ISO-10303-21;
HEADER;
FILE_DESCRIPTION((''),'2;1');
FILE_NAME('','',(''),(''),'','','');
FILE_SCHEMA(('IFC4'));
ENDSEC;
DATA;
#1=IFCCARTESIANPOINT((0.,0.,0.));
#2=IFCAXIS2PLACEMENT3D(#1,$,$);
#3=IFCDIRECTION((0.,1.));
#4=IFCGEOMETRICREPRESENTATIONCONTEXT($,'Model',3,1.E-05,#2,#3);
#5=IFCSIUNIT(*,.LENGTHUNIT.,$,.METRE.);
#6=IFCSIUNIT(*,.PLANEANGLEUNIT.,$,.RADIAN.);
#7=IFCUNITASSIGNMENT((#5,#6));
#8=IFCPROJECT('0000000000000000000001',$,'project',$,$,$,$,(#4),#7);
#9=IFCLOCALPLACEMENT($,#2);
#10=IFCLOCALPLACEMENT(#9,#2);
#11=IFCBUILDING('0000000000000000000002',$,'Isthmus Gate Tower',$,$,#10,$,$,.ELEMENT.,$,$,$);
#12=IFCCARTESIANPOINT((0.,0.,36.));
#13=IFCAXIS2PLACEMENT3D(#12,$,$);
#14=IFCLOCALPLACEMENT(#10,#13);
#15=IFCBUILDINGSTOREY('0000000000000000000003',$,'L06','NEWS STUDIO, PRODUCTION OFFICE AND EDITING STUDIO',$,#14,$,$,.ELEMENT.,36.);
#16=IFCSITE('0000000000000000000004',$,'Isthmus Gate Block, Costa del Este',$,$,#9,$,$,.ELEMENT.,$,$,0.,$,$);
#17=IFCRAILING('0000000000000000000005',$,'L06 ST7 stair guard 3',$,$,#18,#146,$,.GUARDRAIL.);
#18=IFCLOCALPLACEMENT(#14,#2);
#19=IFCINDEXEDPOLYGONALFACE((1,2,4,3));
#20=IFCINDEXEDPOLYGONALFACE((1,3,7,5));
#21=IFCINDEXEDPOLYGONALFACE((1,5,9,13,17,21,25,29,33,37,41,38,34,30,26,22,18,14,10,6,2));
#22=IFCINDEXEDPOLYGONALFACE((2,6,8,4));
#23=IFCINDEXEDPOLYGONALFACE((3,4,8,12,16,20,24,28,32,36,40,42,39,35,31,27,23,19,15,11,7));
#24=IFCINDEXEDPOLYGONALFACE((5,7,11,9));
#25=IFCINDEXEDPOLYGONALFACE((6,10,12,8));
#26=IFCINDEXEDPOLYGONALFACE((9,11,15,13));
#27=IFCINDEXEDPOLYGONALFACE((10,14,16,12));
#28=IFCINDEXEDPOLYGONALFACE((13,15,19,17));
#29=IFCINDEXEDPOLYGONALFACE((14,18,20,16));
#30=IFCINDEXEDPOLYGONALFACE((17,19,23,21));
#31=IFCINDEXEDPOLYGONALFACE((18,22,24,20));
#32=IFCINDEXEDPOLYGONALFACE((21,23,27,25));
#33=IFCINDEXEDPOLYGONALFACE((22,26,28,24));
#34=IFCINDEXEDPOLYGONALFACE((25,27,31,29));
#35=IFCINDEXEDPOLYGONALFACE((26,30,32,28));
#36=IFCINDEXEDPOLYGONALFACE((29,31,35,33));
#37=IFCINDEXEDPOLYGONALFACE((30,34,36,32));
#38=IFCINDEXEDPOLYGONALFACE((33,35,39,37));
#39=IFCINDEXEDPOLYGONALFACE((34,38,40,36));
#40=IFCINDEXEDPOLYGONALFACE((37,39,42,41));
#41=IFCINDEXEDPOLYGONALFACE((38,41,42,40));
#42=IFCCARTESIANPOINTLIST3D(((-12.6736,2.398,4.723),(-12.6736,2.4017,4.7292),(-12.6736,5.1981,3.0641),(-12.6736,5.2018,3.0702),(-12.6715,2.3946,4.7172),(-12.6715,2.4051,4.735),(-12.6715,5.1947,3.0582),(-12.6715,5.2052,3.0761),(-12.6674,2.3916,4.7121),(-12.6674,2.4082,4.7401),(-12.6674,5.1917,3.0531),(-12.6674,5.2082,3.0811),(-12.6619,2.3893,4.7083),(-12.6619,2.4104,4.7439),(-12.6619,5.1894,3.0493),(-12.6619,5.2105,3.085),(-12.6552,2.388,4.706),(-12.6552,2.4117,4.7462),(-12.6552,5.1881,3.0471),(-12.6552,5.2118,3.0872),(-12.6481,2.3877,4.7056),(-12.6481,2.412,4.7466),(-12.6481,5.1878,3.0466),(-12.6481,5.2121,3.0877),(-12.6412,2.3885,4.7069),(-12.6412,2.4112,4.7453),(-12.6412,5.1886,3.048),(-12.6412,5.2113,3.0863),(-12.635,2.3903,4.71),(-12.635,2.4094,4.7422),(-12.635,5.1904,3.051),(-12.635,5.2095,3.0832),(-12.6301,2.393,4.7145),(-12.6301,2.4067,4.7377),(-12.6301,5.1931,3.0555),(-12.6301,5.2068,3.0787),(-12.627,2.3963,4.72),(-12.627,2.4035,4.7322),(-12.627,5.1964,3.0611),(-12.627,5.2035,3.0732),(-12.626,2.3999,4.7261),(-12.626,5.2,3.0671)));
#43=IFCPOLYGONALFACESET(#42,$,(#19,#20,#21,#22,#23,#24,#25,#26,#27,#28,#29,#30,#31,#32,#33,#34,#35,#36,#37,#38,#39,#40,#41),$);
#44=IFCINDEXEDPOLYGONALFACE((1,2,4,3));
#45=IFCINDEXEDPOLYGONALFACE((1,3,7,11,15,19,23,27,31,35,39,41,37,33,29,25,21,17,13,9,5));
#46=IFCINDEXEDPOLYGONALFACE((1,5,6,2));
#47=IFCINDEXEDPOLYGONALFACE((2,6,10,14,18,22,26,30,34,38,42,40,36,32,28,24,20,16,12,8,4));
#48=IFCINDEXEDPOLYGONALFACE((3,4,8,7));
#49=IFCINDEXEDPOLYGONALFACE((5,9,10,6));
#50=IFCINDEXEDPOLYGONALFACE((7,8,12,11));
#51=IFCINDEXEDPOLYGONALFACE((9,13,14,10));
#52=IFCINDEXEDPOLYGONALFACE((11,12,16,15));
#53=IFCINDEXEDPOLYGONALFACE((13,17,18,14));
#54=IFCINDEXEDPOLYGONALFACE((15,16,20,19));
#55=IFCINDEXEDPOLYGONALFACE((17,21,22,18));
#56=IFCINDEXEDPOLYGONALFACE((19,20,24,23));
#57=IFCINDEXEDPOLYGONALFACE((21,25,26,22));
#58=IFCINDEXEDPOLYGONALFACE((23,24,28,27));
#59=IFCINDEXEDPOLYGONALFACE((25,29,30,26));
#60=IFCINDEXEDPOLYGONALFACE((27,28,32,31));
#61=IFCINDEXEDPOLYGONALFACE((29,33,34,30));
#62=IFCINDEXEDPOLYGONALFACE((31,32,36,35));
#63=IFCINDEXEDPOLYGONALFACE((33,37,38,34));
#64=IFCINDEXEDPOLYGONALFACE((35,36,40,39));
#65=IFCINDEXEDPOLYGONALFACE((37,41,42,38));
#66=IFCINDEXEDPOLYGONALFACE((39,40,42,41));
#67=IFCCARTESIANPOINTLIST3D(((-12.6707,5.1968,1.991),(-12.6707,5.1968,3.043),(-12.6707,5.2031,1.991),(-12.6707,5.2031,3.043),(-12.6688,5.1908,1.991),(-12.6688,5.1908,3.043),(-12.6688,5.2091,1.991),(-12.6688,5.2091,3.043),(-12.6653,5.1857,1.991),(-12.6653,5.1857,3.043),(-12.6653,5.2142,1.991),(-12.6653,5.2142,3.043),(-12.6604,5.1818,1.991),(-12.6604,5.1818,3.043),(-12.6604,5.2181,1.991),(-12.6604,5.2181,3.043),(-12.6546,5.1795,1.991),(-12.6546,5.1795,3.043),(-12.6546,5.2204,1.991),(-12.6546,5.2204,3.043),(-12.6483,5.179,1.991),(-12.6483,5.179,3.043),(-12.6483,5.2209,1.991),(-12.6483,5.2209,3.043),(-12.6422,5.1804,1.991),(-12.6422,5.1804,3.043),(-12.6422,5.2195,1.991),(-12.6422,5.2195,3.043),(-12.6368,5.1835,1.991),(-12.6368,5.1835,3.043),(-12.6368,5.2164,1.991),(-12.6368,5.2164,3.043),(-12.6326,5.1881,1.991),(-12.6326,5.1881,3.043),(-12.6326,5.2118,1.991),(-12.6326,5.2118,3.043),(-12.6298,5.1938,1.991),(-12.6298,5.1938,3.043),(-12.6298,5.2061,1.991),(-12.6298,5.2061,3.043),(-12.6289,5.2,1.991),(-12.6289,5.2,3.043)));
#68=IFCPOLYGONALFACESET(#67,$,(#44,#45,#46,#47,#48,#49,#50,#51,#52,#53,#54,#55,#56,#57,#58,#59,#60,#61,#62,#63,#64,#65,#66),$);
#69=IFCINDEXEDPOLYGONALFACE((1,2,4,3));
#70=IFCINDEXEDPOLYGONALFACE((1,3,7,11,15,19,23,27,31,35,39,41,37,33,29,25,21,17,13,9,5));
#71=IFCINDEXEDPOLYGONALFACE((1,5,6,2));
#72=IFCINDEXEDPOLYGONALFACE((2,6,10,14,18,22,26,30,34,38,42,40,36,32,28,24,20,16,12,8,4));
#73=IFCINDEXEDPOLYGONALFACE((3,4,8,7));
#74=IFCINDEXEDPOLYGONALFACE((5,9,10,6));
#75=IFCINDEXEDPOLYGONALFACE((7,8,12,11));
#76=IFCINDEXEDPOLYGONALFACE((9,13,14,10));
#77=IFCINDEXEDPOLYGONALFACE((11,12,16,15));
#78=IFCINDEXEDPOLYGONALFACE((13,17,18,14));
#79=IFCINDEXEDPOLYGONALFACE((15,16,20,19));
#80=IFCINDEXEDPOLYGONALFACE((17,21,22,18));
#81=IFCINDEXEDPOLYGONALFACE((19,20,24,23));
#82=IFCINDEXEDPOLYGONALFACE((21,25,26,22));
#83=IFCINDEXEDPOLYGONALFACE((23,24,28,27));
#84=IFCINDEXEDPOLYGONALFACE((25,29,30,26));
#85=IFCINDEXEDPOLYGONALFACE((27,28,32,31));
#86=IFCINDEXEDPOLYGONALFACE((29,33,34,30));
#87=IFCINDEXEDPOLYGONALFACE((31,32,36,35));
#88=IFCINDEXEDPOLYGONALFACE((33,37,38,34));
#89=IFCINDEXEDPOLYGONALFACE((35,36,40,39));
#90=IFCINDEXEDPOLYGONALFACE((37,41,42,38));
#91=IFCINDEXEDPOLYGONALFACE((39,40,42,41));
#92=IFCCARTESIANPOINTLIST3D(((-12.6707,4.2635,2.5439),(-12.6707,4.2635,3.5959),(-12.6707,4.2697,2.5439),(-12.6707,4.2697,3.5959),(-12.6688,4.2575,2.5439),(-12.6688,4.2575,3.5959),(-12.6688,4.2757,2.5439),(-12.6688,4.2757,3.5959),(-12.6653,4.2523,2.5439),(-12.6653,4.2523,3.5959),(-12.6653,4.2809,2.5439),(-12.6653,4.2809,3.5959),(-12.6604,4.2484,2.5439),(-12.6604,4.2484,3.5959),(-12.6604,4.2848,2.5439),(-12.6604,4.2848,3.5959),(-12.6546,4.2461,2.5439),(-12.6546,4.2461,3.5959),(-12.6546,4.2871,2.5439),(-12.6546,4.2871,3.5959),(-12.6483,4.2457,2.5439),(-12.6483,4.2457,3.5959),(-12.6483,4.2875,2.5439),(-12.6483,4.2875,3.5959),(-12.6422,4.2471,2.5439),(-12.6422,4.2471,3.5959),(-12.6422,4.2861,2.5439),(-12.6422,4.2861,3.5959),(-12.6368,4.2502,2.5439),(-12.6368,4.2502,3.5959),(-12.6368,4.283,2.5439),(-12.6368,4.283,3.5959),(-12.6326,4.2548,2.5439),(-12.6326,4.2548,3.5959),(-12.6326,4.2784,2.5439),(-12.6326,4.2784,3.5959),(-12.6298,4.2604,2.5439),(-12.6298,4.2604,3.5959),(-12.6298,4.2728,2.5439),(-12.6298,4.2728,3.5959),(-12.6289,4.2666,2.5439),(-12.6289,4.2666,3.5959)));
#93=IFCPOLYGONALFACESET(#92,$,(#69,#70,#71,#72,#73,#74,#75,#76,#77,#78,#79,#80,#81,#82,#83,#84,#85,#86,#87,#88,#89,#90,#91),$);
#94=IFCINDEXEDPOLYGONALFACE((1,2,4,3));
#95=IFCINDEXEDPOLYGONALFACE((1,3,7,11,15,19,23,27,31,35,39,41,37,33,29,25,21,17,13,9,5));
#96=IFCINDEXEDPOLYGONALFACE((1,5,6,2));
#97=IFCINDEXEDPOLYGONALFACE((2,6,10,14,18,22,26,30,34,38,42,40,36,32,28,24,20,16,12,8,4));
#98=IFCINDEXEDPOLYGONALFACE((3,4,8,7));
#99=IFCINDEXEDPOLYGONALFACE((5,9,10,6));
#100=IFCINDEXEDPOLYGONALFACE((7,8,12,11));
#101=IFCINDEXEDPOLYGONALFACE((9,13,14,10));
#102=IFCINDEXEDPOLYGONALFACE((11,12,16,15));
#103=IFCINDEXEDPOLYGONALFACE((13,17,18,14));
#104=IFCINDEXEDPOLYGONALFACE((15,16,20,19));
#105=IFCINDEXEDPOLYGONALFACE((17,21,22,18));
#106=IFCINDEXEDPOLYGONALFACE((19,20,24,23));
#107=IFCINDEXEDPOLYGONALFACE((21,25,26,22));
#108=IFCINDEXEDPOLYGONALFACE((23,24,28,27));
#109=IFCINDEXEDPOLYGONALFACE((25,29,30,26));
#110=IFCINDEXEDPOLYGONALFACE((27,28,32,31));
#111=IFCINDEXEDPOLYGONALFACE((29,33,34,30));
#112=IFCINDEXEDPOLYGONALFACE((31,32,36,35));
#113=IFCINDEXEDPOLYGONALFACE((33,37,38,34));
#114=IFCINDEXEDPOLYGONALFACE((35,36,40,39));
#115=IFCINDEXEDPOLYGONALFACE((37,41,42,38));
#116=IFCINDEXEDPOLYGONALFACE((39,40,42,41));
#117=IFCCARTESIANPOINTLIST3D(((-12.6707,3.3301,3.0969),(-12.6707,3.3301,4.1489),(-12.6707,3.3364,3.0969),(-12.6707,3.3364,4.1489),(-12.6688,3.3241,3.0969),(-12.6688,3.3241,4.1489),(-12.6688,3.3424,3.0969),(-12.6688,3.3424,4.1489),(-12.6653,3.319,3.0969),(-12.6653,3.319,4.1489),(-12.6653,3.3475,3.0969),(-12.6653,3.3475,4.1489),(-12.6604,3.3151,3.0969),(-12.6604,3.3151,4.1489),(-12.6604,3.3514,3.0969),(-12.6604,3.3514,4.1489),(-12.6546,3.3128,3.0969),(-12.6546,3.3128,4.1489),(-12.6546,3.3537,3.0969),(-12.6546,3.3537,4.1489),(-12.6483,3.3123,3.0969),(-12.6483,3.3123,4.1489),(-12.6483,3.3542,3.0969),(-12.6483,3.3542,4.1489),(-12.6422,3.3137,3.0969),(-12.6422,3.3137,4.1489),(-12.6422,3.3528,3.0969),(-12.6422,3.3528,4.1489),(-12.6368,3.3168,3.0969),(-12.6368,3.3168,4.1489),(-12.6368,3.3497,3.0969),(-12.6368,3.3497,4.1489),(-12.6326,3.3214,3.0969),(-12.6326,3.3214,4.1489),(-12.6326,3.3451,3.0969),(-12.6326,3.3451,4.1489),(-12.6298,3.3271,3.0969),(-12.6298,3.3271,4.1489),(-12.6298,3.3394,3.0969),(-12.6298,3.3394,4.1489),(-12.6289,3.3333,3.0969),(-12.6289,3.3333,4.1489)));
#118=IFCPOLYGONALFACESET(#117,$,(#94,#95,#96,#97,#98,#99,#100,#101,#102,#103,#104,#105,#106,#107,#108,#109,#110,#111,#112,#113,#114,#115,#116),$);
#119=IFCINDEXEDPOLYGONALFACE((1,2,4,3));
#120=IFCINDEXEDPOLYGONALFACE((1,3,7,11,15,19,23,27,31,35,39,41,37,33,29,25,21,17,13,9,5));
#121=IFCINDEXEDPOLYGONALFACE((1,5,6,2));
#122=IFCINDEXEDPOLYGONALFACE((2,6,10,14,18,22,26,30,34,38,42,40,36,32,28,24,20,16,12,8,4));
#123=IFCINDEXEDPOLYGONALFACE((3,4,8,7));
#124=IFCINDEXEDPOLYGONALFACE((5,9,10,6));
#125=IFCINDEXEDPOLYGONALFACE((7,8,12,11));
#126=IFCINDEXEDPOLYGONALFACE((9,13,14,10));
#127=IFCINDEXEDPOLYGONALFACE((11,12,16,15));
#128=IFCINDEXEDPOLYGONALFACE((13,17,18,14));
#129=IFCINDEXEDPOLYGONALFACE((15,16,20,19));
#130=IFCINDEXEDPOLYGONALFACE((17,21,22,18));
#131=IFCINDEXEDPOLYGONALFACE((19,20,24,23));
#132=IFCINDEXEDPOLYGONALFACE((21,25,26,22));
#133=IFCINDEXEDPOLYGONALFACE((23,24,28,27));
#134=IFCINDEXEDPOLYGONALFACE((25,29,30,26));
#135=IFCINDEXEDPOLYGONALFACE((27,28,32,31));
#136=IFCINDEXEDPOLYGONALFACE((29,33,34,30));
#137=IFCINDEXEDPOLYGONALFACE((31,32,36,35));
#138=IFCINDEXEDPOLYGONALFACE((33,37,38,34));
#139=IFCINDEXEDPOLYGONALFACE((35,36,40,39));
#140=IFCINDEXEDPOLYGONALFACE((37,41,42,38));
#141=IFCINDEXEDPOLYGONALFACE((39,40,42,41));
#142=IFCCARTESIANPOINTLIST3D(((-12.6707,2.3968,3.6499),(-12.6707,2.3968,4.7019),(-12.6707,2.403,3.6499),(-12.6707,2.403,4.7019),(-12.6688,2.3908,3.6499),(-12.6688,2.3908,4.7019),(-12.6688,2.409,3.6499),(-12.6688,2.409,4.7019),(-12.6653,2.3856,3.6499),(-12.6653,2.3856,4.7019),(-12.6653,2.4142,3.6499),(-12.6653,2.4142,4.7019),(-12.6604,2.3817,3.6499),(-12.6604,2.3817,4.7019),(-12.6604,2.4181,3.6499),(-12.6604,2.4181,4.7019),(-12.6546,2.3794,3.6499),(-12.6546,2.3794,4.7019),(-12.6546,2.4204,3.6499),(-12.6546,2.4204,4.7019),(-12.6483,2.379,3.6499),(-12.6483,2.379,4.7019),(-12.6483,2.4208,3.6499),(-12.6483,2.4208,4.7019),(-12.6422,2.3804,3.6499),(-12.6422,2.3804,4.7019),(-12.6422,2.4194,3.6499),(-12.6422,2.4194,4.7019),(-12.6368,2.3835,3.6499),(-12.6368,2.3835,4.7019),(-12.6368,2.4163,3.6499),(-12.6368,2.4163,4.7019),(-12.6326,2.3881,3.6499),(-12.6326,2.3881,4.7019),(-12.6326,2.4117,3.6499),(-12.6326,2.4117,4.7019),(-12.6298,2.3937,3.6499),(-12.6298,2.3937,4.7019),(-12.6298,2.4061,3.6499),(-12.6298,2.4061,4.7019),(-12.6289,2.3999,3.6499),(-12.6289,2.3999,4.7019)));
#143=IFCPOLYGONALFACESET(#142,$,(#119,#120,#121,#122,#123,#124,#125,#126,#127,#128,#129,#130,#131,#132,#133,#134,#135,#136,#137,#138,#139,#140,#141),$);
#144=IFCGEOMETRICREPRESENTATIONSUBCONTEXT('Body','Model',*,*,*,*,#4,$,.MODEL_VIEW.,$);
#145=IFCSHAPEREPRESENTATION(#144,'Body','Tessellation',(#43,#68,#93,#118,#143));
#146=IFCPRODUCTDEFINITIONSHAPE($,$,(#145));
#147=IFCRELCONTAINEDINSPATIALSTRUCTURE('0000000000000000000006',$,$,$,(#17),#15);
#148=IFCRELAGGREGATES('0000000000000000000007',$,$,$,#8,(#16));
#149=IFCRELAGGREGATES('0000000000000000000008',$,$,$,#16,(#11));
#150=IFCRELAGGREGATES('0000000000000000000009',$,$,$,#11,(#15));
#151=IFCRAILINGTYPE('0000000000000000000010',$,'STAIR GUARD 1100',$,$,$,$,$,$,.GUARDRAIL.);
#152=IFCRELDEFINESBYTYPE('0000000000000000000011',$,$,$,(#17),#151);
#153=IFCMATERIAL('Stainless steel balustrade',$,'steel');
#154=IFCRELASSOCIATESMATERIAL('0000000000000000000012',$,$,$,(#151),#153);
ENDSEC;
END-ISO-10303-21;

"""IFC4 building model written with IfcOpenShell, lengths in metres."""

from ifc_helpers import new_model, si_unit, direction, frame, origin, origin_2d, place, context, subcontext, project, spatial, circle, extrude, material, type_object, element, save


model = new_model("IFC4")

# Units and contexts
model_context = context("Model", 3, precision=1e-05, world=origin(), true_north=direction((0.0, 1.0)))
body_context = subcontext(model_context, "Body", "Model", "MODEL_VIEW")
ifc_project = project(units=[si_unit("LENGTHUNIT", "METRE"), si_unit("PLANEANGLEUNIT", "RADIAN")], contexts=[model_context])

# Site, building, storey
site_placement = place(None, origin())
site = spatial("IfcSite", under=ifc_project, at=site_placement, Name="Isthmus Gate Block, Costa del Este", CompositionType="ELEMENT", RefElevation=0.0)
building_placement = place(site_placement, origin())
building = spatial("IfcBuilding", under=site, at=building_placement, Name="Isthmus Gate Tower", CompositionType="ELEMENT")
storey_placement = place(building_placement, frame((0.0, 0.0, 36.0)))
storey = spatial("IfcBuildingStorey", under=building, at=storey_placement, Name="L06", Description="NEWS STUDIO, PRODUCTION OFFICE AND EDITING STUDIO", CompositionType="ELEMENT", Elevation=36.0)

# Railing
ifc_material_1 = material(Name="Stainless steel balustrade", Category="steel")
railing_type_1 = type_object("IfcRailingType", Name="STAIR GUARD 1100", PredefinedType="GUARDRAIL", material=ifc_material_1)
railing_1_placement = place(storey_placement, frame((-12.6499, 5.2, 1.991)))
element("IfcRailing", 1, at=railing_1_placement, inside=storey, type_object=railing_type_1, Name="L06 ST7 stair guard 3", PredefinedType="GUARDRAIL", context=body_context, shape_type="SweptSolid", body=[
    extrude(circle(Radius=0.0239, at=origin_2d()), frame((0.0, 0.0, 1.0762), z_axis=(0.0, -0.860339, 0.509722), x_axis=(1.0, 0.0, 0.0)), (0.0, 0.0, 1.0), 3.2546),
    extrude(circle(Radius=0.021, at=origin_2d()), origin(), (0.0, 0.0, 1.0), 1.052),
    extrude(circle(Radius=0.021, at=origin_2d()), frame((0.0, -0.9333, 0.553)), (0.0, 0.0, 1.0), 1.052),
    extrude(circle(Radius=0.021, at=origin_2d()), frame((0.0, -1.8667, 1.106)), (0.0, 0.0, 1.0), 1.052),
    extrude(circle(Radius=0.021, at=origin_2d()), frame((0.0, -2.8, 1.6589)), (0.0, 0.0, 1.0), 1.052),
])

save(model, "model.ifc")
